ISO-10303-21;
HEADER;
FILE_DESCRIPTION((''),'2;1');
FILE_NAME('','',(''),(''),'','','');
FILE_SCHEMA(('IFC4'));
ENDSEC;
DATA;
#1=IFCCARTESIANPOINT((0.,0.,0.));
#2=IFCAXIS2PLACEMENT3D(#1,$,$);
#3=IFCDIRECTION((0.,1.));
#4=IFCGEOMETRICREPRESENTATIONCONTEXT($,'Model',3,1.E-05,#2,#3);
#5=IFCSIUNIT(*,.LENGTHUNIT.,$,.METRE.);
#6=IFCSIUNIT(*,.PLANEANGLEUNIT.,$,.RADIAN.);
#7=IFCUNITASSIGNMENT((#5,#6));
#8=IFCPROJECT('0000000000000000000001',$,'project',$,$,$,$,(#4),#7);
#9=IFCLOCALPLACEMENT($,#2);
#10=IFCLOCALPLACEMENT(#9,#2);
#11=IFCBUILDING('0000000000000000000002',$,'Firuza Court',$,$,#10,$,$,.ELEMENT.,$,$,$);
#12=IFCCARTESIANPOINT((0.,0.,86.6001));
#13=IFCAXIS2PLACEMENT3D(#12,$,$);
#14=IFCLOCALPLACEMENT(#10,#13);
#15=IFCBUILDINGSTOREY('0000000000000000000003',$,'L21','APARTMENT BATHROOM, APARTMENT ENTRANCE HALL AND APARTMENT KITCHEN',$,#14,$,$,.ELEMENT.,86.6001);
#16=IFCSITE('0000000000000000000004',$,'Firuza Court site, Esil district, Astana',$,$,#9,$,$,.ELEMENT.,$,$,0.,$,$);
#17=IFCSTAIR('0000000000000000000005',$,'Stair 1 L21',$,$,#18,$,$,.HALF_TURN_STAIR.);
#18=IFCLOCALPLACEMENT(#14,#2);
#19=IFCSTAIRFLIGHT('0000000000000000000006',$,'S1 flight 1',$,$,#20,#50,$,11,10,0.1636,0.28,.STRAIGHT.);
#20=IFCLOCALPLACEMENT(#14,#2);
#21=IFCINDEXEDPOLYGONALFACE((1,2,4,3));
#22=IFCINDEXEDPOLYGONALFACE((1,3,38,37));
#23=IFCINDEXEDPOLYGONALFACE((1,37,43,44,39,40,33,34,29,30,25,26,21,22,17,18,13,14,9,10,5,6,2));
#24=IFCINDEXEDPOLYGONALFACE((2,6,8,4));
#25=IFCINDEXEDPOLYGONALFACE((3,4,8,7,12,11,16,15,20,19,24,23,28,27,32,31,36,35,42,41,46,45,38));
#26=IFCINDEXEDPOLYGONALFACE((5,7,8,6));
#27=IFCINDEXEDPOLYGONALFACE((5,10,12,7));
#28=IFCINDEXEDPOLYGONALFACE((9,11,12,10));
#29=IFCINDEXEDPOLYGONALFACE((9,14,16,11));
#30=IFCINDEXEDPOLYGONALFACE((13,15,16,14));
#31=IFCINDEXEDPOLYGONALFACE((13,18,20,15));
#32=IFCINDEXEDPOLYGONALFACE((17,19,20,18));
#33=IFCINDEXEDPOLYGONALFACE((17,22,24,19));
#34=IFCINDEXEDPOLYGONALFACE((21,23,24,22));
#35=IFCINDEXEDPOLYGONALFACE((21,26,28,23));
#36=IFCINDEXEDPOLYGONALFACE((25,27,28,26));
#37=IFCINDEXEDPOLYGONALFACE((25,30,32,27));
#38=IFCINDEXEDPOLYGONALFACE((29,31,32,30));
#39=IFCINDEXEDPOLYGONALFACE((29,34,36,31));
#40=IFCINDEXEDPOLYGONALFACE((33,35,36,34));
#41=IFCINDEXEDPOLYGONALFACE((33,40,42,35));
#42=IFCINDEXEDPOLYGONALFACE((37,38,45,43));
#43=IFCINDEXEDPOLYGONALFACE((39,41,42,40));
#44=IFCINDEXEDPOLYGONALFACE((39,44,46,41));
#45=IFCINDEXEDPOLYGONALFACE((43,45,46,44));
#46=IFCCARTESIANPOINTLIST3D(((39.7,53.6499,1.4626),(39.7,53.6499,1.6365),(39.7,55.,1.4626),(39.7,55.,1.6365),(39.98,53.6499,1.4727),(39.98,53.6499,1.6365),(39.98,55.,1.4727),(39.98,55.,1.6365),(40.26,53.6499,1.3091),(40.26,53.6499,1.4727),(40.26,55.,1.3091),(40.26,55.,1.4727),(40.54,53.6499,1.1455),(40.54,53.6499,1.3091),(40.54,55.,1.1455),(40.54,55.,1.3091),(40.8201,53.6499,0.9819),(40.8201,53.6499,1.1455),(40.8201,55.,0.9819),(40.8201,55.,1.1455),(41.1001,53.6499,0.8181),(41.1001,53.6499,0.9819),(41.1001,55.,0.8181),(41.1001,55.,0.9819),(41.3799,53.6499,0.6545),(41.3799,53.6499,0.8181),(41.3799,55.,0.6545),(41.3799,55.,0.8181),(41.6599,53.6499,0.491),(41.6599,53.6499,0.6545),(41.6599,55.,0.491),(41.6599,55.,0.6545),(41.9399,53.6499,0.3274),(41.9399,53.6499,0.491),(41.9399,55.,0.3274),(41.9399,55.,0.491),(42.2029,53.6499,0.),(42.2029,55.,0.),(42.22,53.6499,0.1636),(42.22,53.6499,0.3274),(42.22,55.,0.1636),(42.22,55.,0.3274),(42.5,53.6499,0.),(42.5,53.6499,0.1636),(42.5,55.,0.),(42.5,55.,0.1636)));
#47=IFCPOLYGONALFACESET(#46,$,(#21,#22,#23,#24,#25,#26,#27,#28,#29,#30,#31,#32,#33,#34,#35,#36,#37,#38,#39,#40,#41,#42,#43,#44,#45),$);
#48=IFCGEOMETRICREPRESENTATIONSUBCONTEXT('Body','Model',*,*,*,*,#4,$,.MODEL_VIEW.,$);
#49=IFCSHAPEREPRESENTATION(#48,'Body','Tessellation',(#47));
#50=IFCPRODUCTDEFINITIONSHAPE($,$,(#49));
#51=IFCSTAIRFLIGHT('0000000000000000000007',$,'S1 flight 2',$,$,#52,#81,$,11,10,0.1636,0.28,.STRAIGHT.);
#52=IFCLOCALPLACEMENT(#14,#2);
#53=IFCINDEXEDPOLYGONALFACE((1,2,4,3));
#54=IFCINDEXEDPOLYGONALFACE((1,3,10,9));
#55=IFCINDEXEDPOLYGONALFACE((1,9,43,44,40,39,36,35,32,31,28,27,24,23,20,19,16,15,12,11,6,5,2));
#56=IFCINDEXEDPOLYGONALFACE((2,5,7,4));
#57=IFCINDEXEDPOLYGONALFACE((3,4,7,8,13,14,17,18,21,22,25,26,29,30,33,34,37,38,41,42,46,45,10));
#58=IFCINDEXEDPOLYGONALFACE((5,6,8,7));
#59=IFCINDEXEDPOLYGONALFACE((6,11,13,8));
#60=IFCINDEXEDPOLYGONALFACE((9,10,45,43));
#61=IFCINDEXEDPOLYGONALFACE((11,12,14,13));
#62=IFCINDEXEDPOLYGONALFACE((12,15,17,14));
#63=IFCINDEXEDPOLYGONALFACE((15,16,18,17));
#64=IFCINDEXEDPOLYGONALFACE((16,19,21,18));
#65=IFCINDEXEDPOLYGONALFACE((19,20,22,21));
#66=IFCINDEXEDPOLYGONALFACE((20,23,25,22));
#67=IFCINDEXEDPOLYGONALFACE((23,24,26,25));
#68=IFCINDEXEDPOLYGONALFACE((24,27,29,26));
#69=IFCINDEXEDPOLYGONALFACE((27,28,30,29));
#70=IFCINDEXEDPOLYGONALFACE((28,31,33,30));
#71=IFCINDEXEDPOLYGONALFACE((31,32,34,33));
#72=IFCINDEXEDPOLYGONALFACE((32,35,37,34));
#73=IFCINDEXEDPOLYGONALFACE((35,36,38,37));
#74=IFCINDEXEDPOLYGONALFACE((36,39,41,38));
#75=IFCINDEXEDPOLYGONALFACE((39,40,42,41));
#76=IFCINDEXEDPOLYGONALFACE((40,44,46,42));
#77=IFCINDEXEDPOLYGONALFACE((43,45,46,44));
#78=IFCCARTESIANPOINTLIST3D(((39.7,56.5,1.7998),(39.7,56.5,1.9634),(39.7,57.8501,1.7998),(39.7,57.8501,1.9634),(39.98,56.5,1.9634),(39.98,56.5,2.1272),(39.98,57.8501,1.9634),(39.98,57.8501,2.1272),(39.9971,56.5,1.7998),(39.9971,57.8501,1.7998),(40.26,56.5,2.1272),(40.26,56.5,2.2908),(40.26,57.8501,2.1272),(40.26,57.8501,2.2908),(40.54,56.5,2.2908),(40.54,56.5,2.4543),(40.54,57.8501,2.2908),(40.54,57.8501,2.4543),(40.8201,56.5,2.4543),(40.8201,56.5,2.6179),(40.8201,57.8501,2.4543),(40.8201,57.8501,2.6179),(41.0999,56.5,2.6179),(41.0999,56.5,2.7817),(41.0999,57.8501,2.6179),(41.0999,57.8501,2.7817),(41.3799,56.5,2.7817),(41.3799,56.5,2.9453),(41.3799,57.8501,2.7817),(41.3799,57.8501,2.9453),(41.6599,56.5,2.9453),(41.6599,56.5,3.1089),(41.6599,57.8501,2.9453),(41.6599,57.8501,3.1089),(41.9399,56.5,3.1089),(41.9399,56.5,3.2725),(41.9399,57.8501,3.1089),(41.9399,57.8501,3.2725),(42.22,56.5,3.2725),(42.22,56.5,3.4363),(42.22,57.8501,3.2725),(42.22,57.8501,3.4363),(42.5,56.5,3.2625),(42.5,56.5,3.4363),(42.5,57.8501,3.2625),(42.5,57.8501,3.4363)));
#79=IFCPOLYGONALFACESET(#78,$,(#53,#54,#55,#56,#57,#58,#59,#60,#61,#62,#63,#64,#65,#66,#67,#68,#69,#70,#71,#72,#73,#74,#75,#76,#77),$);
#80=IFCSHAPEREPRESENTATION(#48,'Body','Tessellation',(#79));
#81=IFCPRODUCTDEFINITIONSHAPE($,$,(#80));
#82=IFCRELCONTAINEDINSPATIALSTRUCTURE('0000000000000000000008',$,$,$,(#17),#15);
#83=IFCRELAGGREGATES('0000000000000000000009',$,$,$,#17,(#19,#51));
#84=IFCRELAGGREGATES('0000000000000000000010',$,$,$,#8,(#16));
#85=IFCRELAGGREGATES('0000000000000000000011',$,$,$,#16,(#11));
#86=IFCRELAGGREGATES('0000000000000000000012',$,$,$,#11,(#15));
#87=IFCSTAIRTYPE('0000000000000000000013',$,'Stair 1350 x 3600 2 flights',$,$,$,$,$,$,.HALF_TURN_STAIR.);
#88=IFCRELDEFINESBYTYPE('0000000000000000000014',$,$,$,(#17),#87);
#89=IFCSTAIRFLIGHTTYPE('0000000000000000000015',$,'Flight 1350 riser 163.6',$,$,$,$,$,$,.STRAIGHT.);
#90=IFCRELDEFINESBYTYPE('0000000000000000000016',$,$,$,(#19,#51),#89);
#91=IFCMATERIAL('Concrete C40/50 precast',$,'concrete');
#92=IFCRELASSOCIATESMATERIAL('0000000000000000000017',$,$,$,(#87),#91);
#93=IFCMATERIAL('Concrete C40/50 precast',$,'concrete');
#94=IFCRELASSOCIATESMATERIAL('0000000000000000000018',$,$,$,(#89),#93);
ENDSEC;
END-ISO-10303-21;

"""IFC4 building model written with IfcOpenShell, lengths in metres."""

from ifc_helpers import new_model, si_unit, direction, frame, origin, place, context, subcontext, project, spatial, polyline, outline, extrude, material, type_object, element, aggregate, save


model = new_model("IFC4")

# Units and contexts
model_context = context("Model", 3, precision=1e-05, world=origin(), true_north=direction((0.0, 1.0)))
body_context = subcontext(model_context, "Body", "Model", "MODEL_VIEW")
ifc_project = project(units=[si_unit("LENGTHUNIT", "METRE"), si_unit("PLANEANGLEUNIT", "RADIAN")], contexts=[model_context])

# Site, building, storey
site_placement = place(None, origin())
site = spatial("IfcSite", under=ifc_project, at=site_placement, Name="Firuza Court site, Esil district, Astana", CompositionType="ELEMENT", RefElevation=0.0)
building_placement = place(site_placement, origin())
building = spatial("IfcBuilding", under=site, at=building_placement, Name="Firuza Court", CompositionType="ELEMENT")
storey_placement = place(building_placement, frame((0.0, 0.0, 86.6001)))
storey = spatial("IfcBuildingStorey", under=building, at=storey_placement, Name="L21", Description="APARTMENT BATHROOM, APARTMENT ENTRANCE HALL AND APARTMENT KITCHEN", CompositionType="ELEMENT", Elevation=86.6001)

# Stair, stair flights
ifc_material_1 = material(Name="Concrete C40/50 precast", Category="concrete")
stair_type = type_object("IfcStairType", Name="Stair 1350 x 3600 2 flights", PredefinedType="HALF_TURN_STAIR", material=ifc_material_1)
stair_placement = place(storey_placement, origin())
stair = element("IfcStair", 1, at=stair_placement, inside=storey, type_object=stair_type, Name="Stair 1 L21", PredefinedType="HALF_TURN_STAIR")
ifc_material_2 = material(Name="Concrete C40/50 precast", Category="concrete")
stair_flight_type = type_object("IfcStairFlightType", Name="Flight 1350 riser 163.6", PredefinedType="STRAIGHT", material=ifc_material_2)
stair_flight_1_placement = place(storey_placement, frame((42.5, 54.325, 0.0), z_axis=(0.0, 0.0, 1.0), x_axis=(-1.0, 0.0, 0.0)))
stair_flight_1 = element("IfcStairFlight", 2, at=stair_flight_1_placement, type_object=stair_flight_type, Name="S1 flight 1", NumberOfRisers=11, NumberOfTreads=10, PredefinedType="STRAIGHT", RiserHeight=0.1636, TreadLength=0.28, context=body_context, shape_type="SweptSolid", body=[
    extrude(outline(polyline([(0.0, 0.0), (0.0, 0.1636), (0.28, 0.1636), (0.28, 0.3274), (0.5601, 0.3274), (0.5601, 0.491), (0.8401, 0.491), (0.8401, 0.6545), (1.1201, 0.6545), (1.1201, 0.8181), (1.3999, 0.8181), (1.3999, 0.9819), (1.6799, 0.9819), (1.6799, 1.1455), (1.96, 1.1455), (1.96, 1.3091), (2.24, 1.3091), (2.24, 1.4727), (2.52, 1.4727), (2.52, 1.6365), (2.8, 1.6365), (2.8, 1.8), (2.8, 1.4626), (0.2971, 0.0), (0.0, 0.0)])), frame((0.0, 0.675, 0.0), z_axis=(0.0, -1.0, 0.0), x_axis=(1.0, 0.0, 0.0)), (0.0, 0.0, 1.0), 1.3501),
])
stair_flight_2_placement = place(storey_placement, frame((39.7, 57.175, 1.7998), z_axis=(0.0, 0.0, 1.0), x_axis=(1.0, 0.0, 0.0)))
stair_flight_2 = element("IfcStairFlight", 3, at=stair_flight_2_placement, type_object=stair_flight_type, Name="S1 flight 2", NumberOfRisers=11, NumberOfTreads=10, PredefinedType="STRAIGHT", RiserHeight=0.1636, TreadLength=0.28, context=body_context, shape_type="SweptSolid", body=[
    extrude(outline(polyline([(0.0, 0.0), (0.0, 0.1636), (0.28, 0.1636), (0.28, 0.3274), (0.5601, 0.3274), (0.5601, 0.491), (0.8401, 0.491), (0.8401, 0.6545), (1.1201, 0.6545), (1.1201, 0.8181), (1.3999, 0.8181), (1.3999, 0.9819), (1.6799, 0.9819), (1.6799, 1.1455), (1.96, 1.1455), (1.96, 1.3091), (2.24, 1.3091), (2.24, 1.4727), (2.52, 1.4727), (2.52, 1.6365), (2.8, 1.6365), (2.8, 1.8), (2.8, 1.4626), (0.2971, 0.0), (0.0, 0.0)])), frame((0.0, 0.675, 0.0), z_axis=(0.0, -1.0, 0.0), x_axis=(1.0, 0.0, 0.0)), (0.0, 0.0, 1.0), 1.3501),
])
aggregate(stair, [stair_flight_1, stair_flight_2])

save(model, "model.ifc")
